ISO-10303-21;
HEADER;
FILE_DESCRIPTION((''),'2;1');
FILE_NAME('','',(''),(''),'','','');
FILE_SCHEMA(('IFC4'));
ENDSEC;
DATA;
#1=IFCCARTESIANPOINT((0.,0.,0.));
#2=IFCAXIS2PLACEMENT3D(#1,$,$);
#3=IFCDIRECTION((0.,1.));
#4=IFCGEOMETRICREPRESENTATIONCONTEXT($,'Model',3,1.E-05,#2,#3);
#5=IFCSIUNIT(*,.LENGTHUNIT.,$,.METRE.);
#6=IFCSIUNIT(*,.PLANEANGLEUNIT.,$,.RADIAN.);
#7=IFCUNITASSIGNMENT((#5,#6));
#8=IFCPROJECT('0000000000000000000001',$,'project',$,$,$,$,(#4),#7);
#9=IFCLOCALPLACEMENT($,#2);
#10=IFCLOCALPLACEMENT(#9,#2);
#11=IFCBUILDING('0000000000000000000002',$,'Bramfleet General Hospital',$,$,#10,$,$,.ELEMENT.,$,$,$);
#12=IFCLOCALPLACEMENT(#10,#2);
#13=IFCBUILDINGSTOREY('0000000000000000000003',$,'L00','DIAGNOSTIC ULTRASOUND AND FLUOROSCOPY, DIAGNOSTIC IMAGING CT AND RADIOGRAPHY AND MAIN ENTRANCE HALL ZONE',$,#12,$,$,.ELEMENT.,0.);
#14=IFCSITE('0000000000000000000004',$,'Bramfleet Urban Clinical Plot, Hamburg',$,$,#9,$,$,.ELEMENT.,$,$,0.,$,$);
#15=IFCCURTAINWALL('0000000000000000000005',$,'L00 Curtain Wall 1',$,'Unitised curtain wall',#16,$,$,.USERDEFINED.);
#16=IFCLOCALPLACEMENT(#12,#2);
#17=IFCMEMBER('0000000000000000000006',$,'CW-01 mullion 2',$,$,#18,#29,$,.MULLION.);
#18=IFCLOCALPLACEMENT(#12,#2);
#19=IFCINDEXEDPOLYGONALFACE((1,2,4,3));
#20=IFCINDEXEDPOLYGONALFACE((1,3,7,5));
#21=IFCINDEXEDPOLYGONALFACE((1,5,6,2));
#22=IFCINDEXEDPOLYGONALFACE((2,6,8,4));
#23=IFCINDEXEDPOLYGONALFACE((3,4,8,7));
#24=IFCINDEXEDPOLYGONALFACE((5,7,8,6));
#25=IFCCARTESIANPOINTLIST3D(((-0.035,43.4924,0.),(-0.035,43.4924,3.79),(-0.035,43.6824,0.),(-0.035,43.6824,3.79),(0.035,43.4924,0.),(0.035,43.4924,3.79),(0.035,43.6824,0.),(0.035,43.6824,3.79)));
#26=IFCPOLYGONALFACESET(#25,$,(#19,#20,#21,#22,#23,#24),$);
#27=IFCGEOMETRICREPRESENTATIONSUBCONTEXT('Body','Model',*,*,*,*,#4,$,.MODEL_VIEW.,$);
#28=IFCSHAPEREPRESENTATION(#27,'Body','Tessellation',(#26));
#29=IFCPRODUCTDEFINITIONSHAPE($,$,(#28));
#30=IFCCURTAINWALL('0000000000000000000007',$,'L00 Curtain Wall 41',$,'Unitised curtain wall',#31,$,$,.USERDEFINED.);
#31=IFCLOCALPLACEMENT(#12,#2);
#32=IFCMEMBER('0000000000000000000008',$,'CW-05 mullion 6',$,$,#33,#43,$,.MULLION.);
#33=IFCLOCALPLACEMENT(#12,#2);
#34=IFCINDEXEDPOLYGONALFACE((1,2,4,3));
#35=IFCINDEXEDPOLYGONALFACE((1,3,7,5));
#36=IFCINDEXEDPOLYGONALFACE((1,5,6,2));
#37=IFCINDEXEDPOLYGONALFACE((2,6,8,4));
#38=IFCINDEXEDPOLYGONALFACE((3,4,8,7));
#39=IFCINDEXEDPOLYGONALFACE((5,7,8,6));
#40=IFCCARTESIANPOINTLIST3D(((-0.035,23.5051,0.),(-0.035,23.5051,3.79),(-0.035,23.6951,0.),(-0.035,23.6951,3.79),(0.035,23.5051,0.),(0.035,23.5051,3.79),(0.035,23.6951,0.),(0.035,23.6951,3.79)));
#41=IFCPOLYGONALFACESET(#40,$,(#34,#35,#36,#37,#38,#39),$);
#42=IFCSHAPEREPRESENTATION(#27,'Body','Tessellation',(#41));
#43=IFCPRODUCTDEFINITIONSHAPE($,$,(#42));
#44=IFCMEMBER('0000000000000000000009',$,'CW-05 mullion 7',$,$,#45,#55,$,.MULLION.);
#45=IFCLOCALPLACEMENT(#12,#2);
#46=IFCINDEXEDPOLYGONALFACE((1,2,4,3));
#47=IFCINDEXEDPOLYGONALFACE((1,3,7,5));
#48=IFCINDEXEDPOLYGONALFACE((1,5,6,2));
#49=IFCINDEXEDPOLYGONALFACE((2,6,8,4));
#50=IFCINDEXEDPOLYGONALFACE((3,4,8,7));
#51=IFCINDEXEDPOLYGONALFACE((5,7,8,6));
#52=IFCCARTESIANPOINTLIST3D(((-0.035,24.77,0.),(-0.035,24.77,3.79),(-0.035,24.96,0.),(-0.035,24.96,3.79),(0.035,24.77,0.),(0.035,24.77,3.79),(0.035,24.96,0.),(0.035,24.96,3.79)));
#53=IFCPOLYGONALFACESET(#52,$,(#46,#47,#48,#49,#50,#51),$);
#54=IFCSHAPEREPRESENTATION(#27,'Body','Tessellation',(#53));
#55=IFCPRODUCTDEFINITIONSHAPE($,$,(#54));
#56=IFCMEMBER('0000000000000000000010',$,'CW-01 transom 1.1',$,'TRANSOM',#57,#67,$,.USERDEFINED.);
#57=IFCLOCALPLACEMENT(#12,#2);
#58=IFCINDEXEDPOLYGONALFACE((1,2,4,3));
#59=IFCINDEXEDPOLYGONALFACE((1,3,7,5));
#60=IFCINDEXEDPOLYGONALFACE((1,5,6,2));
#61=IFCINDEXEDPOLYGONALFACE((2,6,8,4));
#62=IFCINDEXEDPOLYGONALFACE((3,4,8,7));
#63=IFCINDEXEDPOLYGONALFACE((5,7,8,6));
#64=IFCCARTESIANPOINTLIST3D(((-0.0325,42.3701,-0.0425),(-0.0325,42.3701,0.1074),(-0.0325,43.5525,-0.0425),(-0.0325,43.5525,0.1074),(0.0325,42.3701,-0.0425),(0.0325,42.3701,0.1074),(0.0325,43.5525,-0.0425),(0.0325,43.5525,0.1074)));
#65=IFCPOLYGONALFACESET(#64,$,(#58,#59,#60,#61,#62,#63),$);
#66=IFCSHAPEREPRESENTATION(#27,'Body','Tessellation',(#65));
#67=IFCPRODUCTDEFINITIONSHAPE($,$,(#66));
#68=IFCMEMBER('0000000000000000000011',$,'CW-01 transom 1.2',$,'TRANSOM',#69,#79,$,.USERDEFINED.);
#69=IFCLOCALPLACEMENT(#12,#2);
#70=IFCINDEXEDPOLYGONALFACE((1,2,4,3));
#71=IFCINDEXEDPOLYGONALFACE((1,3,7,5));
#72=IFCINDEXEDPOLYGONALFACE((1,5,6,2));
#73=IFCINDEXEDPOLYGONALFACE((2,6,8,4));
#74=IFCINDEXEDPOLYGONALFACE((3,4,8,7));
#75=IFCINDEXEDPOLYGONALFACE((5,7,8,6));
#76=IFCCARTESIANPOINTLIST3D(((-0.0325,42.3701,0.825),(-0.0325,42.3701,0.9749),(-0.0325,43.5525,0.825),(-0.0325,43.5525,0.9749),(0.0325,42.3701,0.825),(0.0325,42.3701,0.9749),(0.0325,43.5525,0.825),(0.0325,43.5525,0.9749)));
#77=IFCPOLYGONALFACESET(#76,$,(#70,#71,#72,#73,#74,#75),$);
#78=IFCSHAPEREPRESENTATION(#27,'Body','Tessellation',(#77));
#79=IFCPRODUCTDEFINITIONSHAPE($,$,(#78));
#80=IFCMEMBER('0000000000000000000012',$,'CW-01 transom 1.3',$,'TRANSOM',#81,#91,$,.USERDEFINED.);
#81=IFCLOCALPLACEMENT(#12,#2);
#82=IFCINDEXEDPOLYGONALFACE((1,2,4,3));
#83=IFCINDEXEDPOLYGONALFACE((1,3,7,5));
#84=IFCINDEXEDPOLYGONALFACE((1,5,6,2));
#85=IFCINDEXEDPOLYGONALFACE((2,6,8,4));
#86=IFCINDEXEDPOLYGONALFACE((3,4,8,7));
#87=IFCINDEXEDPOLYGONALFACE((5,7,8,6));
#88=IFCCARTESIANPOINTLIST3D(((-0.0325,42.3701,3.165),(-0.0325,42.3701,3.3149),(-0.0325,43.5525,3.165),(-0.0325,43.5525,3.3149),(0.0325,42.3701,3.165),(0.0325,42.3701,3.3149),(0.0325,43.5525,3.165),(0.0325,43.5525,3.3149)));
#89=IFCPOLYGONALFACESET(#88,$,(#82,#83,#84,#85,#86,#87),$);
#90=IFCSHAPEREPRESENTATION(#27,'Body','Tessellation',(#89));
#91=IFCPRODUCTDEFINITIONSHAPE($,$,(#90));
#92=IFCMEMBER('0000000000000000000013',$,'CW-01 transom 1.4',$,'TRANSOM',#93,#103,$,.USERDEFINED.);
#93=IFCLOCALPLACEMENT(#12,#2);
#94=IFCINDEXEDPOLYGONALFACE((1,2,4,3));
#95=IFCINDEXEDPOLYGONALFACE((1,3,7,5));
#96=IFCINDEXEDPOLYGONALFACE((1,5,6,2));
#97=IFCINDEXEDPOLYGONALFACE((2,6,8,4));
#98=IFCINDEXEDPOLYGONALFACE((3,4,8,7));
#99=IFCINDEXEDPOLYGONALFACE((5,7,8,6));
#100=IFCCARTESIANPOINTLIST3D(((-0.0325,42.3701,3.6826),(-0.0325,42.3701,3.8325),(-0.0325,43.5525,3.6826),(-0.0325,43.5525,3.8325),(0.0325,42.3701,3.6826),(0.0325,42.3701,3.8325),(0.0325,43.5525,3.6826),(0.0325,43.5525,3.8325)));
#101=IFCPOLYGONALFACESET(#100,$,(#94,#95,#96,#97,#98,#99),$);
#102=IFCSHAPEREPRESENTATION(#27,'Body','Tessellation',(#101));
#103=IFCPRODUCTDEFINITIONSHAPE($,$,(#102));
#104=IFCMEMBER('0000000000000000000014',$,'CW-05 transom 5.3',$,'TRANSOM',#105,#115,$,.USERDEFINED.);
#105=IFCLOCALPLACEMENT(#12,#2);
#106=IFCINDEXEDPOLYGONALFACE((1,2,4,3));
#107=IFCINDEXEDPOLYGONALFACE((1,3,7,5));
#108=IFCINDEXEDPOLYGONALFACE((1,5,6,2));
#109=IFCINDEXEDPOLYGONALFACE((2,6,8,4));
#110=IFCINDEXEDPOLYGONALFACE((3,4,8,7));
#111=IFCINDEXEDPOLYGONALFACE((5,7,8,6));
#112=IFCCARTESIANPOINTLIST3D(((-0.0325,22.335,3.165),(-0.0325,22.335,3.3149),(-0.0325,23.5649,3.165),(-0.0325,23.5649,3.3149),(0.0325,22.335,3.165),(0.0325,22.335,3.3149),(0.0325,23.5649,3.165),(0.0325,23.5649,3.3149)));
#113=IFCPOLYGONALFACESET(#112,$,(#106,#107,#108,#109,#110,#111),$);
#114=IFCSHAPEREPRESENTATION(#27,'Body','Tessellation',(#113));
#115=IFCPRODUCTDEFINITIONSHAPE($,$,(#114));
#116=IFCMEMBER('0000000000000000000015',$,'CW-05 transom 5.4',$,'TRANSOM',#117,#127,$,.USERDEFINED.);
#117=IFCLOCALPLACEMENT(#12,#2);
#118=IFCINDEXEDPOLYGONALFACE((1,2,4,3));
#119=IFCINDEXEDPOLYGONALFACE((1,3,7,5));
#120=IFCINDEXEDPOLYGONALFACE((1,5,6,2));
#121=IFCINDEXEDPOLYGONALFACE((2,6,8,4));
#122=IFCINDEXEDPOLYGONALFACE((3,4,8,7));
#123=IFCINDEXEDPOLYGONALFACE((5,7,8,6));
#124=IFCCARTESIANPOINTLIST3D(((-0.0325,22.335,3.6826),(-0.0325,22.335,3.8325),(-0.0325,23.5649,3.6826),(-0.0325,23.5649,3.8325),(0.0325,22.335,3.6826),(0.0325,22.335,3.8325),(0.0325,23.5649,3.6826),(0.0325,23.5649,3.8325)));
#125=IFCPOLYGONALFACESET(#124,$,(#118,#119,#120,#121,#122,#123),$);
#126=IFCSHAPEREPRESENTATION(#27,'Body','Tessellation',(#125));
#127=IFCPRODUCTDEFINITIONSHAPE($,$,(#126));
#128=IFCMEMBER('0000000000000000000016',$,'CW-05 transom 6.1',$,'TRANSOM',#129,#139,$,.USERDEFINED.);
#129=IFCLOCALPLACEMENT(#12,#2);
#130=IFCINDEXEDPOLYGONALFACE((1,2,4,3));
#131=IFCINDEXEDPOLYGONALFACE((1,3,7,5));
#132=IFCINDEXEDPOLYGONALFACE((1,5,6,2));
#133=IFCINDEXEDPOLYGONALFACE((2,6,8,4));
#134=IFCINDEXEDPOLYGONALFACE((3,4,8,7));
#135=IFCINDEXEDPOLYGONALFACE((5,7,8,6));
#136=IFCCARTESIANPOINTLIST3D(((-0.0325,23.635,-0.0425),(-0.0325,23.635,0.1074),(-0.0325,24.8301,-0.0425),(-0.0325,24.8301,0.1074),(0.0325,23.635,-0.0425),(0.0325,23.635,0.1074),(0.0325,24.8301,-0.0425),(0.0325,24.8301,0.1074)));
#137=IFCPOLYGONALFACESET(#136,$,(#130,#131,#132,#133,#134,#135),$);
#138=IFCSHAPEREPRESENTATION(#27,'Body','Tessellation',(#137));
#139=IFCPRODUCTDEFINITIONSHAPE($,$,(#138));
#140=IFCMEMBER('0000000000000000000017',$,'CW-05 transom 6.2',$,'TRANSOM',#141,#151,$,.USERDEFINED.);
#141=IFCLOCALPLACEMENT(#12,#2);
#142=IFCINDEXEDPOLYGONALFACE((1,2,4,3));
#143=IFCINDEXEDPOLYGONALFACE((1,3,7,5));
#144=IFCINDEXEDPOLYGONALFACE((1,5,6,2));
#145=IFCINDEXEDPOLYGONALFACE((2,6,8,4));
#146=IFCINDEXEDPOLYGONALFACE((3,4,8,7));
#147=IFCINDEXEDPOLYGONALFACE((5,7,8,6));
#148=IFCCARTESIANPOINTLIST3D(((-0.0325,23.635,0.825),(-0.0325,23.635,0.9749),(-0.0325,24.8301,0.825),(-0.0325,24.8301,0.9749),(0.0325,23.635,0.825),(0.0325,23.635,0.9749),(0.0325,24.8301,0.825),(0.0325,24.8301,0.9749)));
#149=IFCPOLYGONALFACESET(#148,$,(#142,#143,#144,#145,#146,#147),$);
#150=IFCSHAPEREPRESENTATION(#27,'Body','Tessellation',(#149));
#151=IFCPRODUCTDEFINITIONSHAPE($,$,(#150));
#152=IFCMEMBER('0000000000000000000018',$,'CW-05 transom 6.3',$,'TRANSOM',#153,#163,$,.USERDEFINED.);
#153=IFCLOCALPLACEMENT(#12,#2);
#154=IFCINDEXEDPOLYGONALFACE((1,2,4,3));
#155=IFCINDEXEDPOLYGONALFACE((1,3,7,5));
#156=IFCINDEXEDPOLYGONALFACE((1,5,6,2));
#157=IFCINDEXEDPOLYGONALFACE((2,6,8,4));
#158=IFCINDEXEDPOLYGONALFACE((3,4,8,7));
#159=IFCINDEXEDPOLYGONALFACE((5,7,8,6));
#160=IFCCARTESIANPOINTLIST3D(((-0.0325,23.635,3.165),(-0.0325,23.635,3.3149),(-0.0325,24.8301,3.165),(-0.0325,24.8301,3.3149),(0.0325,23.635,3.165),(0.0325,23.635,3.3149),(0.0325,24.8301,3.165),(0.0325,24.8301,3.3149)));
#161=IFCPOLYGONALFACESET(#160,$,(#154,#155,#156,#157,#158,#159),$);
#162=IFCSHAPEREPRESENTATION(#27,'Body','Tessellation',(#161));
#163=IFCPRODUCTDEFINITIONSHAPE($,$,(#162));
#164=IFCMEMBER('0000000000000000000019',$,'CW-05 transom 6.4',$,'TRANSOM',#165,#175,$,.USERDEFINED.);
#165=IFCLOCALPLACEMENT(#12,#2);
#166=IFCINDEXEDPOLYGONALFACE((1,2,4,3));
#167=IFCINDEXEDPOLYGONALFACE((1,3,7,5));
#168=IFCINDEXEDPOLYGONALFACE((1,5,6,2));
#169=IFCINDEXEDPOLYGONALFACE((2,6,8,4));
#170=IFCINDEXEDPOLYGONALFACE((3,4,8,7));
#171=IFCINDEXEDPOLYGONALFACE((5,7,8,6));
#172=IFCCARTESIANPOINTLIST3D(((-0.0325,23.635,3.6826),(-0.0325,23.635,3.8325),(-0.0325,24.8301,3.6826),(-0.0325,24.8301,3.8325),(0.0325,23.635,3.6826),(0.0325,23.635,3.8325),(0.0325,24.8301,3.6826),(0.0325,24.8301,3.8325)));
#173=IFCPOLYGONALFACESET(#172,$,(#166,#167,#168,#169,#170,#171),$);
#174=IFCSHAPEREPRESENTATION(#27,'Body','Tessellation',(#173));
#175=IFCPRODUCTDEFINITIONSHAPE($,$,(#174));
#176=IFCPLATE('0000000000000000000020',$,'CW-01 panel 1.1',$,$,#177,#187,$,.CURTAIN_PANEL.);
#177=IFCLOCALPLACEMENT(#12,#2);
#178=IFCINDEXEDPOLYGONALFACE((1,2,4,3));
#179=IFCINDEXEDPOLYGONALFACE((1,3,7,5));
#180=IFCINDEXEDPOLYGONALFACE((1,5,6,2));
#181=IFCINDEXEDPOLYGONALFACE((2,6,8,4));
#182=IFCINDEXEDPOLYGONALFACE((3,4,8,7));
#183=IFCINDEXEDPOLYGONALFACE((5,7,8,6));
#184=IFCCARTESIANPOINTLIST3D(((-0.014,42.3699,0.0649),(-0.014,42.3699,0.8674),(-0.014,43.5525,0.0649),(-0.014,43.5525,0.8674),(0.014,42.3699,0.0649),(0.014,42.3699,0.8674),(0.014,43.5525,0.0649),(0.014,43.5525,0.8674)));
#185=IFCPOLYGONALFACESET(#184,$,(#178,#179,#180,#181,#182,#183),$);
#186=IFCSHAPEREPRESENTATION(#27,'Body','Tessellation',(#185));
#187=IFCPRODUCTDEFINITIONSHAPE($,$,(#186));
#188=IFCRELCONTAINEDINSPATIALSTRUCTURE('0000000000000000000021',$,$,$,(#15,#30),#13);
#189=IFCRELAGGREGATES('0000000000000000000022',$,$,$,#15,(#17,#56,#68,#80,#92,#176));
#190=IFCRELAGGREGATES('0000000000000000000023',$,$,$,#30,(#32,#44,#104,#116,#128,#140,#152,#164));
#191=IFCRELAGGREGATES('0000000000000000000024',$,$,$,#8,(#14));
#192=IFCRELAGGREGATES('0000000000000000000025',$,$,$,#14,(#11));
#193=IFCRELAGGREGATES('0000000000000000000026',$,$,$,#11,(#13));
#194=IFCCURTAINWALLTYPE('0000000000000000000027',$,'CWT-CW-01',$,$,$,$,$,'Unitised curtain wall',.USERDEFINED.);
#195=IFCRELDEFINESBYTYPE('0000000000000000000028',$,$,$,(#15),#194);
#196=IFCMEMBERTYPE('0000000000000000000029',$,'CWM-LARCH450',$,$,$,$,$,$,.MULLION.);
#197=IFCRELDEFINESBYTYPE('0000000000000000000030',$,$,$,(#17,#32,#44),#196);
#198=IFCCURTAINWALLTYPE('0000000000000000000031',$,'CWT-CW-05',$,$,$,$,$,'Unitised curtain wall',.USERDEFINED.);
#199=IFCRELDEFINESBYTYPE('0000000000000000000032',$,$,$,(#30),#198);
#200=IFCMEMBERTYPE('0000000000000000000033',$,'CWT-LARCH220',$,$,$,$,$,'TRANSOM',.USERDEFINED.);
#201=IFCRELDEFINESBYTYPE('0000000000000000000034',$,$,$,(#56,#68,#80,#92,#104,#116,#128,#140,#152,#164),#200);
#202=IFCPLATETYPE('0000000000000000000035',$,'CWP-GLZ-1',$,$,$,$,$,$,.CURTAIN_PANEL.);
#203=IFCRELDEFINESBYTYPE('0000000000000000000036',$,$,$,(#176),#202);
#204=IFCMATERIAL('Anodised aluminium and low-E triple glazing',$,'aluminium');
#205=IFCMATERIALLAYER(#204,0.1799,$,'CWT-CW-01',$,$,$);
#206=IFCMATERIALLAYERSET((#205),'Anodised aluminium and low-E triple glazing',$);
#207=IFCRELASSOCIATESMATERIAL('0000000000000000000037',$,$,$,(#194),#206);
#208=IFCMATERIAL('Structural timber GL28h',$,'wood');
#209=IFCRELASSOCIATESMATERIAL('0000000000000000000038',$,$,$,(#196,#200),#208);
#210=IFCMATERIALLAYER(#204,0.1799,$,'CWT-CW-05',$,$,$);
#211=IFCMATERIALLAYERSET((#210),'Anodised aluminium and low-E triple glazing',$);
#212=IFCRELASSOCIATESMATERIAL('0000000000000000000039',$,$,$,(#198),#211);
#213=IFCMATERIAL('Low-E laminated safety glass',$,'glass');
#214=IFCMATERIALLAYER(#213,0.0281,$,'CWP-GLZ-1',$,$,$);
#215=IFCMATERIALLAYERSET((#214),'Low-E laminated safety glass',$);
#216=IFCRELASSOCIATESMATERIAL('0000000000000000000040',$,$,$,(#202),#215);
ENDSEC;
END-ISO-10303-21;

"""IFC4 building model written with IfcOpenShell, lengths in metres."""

from ifc_helpers import new_model, si_unit, direction, frame, origin, origin_2d, place, context, subcontext, project, spatial, rectangle, extrude, material, layer, layer_set, material_profile, profile_set, type_object, element, aggregate, save


model = new_model("IFC4")

# Units and contexts
model_context = context("Model", 3, precision=1e-05, world=origin(), true_north=direction((0.0, 1.0)))
body_context = subcontext(model_context, "Body", "Model", "MODEL_VIEW")
ifc_project = project(units=[si_unit("LENGTHUNIT", "METRE"), si_unit("PLANEANGLEUNIT", "RADIAN")], contexts=[model_context])

# Site, building, storey
site_placement = place(None, origin())
site = spatial("IfcSite", under=ifc_project, at=site_placement, Name="Bramfleet Urban Clinical Plot, Hamburg", CompositionType="ELEMENT", RefElevation=0.0)
building_placement = place(site_placement, origin())
building = spatial("IfcBuilding", under=site, at=building_placement, Name="Bramfleet General Hospital", CompositionType="ELEMENT")
storey_placement = place(building_placement, origin())
storey = spatial("IfcBuildingStorey", under=building, at=storey_placement, Name="L00", Description="DIAGNOSTIC ULTRASOUND AND FLUOROSCOPY, DIAGNOSTIC IMAGING CT AND RADIOGRAPHY AND MAIN ENTRANCE HALL ZONE", CompositionType="ELEMENT", Elevation=0.0)

# Curtain walls, members
ifc_material_1 = material(Name="Anodised aluminium and low-E triple glazing", Category="aluminium")
ifc_layer_1 = layer(ifc_material_1, 0.1799, Name="CWT-CW-01")
ifc_layer_set_1 = layer_set([ifc_layer_1], Name="Anodised aluminium and low-E triple glazing")
curtain_wall_type_1 = type_object("IfcCurtainWallType", Name="CWT-CW-01", ElementType="Unitised curtain wall", PredefinedType="USERDEFINED", material=ifc_layer_set_1)
curtain_wall_1_placement = place(storey_placement, origin())
curtain_wall_1 = element("IfcCurtainWall", 1, at=curtain_wall_1_placement, inside=storey, type_object=curtain_wall_type_1, Name="L00 Curtain Wall 1", ObjectType="Unitised curtain wall", PredefinedType="USERDEFINED")
ifc_material_2 = material(Name="Structural timber GL28h", Category="wood")
ifc_material_profile_1 = material_profile(ifc_material_2, rectangle(XDim=0.0701, YDim=0.1899, at=origin_2d()), Name="LARCH 190x70")
ifc_profile_set_1 = profile_set([ifc_material_profile_1], Name="Structural timber GL28h")
member_type_1 = type_object("IfcMemberType", Name="CWM-LARCH450", PredefinedType="MULLION", material=ifc_profile_set_1)
member_1_placement = place(storey_placement, frame((0.0, 43.5874, 0.0), z_axis=(0.0, 0.0, 1.0), x_axis=(-1.0, 0.0, 0.0)))
member_1 = element("IfcMember", 2, at=member_1_placement, type_object=member_type_1, Name="CW-01 mullion 2", PredefinedType="MULLION", context=body_context, shape_type="SweptSolid", body=[
    extrude(rectangle(XDim=0.0701, YDim=0.1899, at=origin_2d()), origin(), (0.0, 0.0, 1.0), 3.79),
])
ifc_layer_2 = layer(ifc_material_1, 0.1799, Name="CWT-CW-05")
ifc_layer_set_2 = layer_set([ifc_layer_2], Name="Anodised aluminium and low-E triple glazing")
curtain_wall_type_2 = type_object("IfcCurtainWallType", Name="CWT-CW-05", ElementType="Unitised curtain wall", PredefinedType="USERDEFINED", material=ifc_layer_set_2)
curtain_wall_2_placement = place(storey_placement, origin())
curtain_wall_2 = element("IfcCurtainWall", 3, at=curtain_wall_2_placement, inside=storey, type_object=curtain_wall_type_2, Name="L00 Curtain Wall 41", ObjectType="Unitised curtain wall", PredefinedType="USERDEFINED")
member_2_placement = place(storey_placement, frame((0.0, 23.6001, 0.0), z_axis=(0.0, 0.0, 1.0), x_axis=(-1.0, 0.0, 0.0)))
member_2 = element("IfcMember", 4, at=member_2_placement, type_object=member_type_1, Name="CW-05 mullion 6", PredefinedType="MULLION", context=body_context, shape_type="SweptSolid", body=[
    extrude(rectangle(XDim=0.0701, YDim=0.1899, at=origin_2d()), origin(), (0.0, 0.0, 1.0), 3.79),
])
member_3_placement = place(storey_placement, frame((0.0, 24.865, 0.0), z_axis=(0.0, 0.0, 1.0), x_axis=(-1.0, 0.0, 0.0)))
member_3 = element("IfcMember", 5, at=member_3_placement, type_object=member_type_1, Name="CW-05 mullion 7", PredefinedType="MULLION", context=body_context, shape_type="SweptSolid", body=[
    extrude(rectangle(XDim=0.0701, YDim=0.1899, at=origin_2d()), origin(), (0.0, 0.0, 1.0), 3.79),
])

# Members
ifc_material_profile_2 = material_profile(ifc_material_2, rectangle(XDim=0.0649, YDim=0.1499, at=origin_2d()), Name="LARCH 150x65")
ifc_profile_set_2 = profile_set([ifc_material_profile_2], Name="Structural timber GL28h")
member_type_2 = type_object("IfcMemberType", Name="CWT-LARCH220", ElementType="TRANSOM", PredefinedType="USERDEFINED", material=ifc_profile_set_2)
member_4_placement = place(storey_placement, frame((0.0, 42.3701, 0.0325), z_axis=(0.0, 1.0, 0.0), x_axis=(-1.0, 0.0, 0.0)))
member_4 = element("IfcMember", 6, at=member_4_placement, type_object=member_type_2, Name="CW-01 transom 1.1", ObjectType="TRANSOM", PredefinedType="USERDEFINED", context=body_context, shape_type="SweptSolid", body=[
    extrude(rectangle(XDim=0.0649, YDim=0.1499, at=origin_2d()), origin(), (0.0, 0.0, 1.0), 1.1824),
])
member_5_placement = place(storey_placement, frame((0.0, 42.3701, 0.8999), z_axis=(0.0, 1.0, 0.0), x_axis=(-1.0, 0.0, 0.0)))
member_5 = element("IfcMember", 7, at=member_5_placement, type_object=member_type_2, Name="CW-01 transom 1.2", ObjectType="TRANSOM", PredefinedType="USERDEFINED", context=body_context, shape_type="SweptSolid", body=[
    extrude(rectangle(XDim=0.0649, YDim=0.1499, at=origin_2d()), origin(), (0.0, 0.0, 1.0), 1.1824),
])
member_6_placement = place(storey_placement, frame((0.0, 42.3701, 3.24), z_axis=(0.0, 1.0, 0.0), x_axis=(-1.0, 0.0, 0.0)))
member_6 = element("IfcMember", 8, at=member_6_placement, type_object=member_type_2, Name="CW-01 transom 1.3", ObjectType="TRANSOM", PredefinedType="USERDEFINED", context=body_context, shape_type="SweptSolid", body=[
    extrude(rectangle(XDim=0.0649, YDim=0.1499, at=origin_2d()), origin(), (0.0, 0.0, 1.0), 1.1824),
])
member_7_placement = place(storey_placement, frame((0.0, 42.3701, 3.7576), z_axis=(0.0, 1.0, 0.0), x_axis=(-1.0, 0.0, 0.0)))
member_7 = element("IfcMember", 9, at=member_7_placement, type_object=member_type_2, Name="CW-01 transom 1.4", ObjectType="TRANSOM", PredefinedType="USERDEFINED", context=body_context, shape_type="SweptSolid", body=[
    extrude(rectangle(XDim=0.0649, YDim=0.1499, at=origin_2d()), origin(), (0.0, 0.0, 1.0), 1.1824),
])
member_8_placement = place(storey_placement, frame((0.0, 22.335, 3.24), z_axis=(0.0, 1.0, 0.0), x_axis=(-1.0, 0.0, 0.0)))
member_8 = element("IfcMember", 10, at=member_8_placement, type_object=member_type_2, Name="CW-05 transom 5.3", ObjectType="TRANSOM", PredefinedType="USERDEFINED", context=body_context, shape_type="SweptSolid", body=[
    extrude(rectangle(XDim=0.0649, YDim=0.1499, at=origin_2d()), origin(), (0.0, 0.0, 1.0), 1.23),
])
member_9_placement = place(storey_placement, frame((0.0, 22.335, 3.7576), z_axis=(0.0, 1.0, 0.0), x_axis=(-1.0, 0.0, 0.0)))
member_9 = element("IfcMember", 11, at=member_9_placement, type_object=member_type_2, Name="CW-05 transom 5.4", ObjectType="TRANSOM", PredefinedType="USERDEFINED", context=body_context, shape_type="SweptSolid", body=[
    extrude(rectangle(XDim=0.0649, YDim=0.1499, at=origin_2d()), origin(), (0.0, 0.0, 1.0), 1.23),
])
member_10_placement = place(storey_placement, frame((0.0, 23.635, 0.0325), z_axis=(0.0, 1.0, 0.0), x_axis=(-1.0, 0.0, 0.0)))
member_10 = element("IfcMember", 12, at=member_10_placement, type_object=member_type_2, Name="CW-05 transom 6.1", ObjectType="TRANSOM", PredefinedType="USERDEFINED", context=body_context, shape_type="SweptSolid", body=[
    extrude(rectangle(XDim=0.0649, YDim=0.1499, at=origin_2d()), origin(), (0.0, 0.0, 1.0), 1.1951),
])
member_11_placement = place(storey_placement, frame((0.0, 23.635, 0.8999), z_axis=(0.0, 1.0, 0.0), x_axis=(-1.0, 0.0, 0.0)))
member_11 = element("IfcMember", 13, at=member_11_placement, type_object=member_type_2, Name="CW-05 transom 6.2", ObjectType="TRANSOM", PredefinedType="USERDEFINED", context=body_context, shape_type="SweptSolid", body=[
    extrude(rectangle(XDim=0.0649, YDim=0.1499, at=origin_2d()), origin(), (0.0, 0.0, 1.0), 1.1951),
])
member_12_placement = place(storey_placement, frame((0.0, 23.635, 3.24), z_axis=(0.0, 1.0, 0.0), x_axis=(-1.0, 0.0, 0.0)))
member_12 = element("IfcMember", 14, at=member_12_placement, type_object=member_type_2, Name="CW-05 transom 6.3", ObjectType="TRANSOM", PredefinedType="USERDEFINED", context=body_context, shape_type="SweptSolid", body=[
    extrude(rectangle(XDim=0.0649, YDim=0.1499, at=origin_2d()), origin(), (0.0, 0.0, 1.0), 1.1951),
])
member_13_placement = place(storey_placement, frame((0.0, 23.635, 3.7576), z_axis=(0.0, 1.0, 0.0), x_axis=(-1.0, 0.0, 0.0)))
member_13 = element("IfcMember", 15, at=member_13_placement, type_object=member_type_2, Name="CW-05 transom 6.4", ObjectType="TRANSOM", PredefinedType="USERDEFINED", context=body_context, shape_type="SweptSolid", body=[
    extrude(rectangle(XDim=0.0649, YDim=0.1499, at=origin_2d()), origin(), (0.0, 0.0, 1.0), 1.1951),
])

# Plate
ifc_material_3 = material(Name="Low-E laminated safety glass", Category="glass")
ifc_layer_3 = layer(ifc_material_3, 0.0281, Name="CWP-GLZ-1")
ifc_layer_set_3 = layer_set([ifc_layer_3], Name="Low-E laminated safety glass")
plate_type = type_object("IfcPlateType", Name="CWP-GLZ-1", PredefinedType="CURTAIN_PANEL", material=ifc_layer_set_3)
plate_1_placement = place(storey_placement, frame((0.0, 42.9612, 0.0649), z_axis=(0.0, 0.0, 1.0), x_axis=(0.0, 1.0, 0.0)))
plate_1 = element("IfcPlate", 16, at=plate_1_placement, type_object=plate_type, Name="CW-01 panel 1.1", PredefinedType="CURTAIN_PANEL", context=body_context, shape_type="SweptSolid", body=[
    extrude(rectangle(XDim=1.1826, YDim=0.0281, at=origin_2d()), origin(), (0.0, 0.0, 1.0), 0.8025),
])
aggregate(curtain_wall_1, [member_1, member_4, member_5, member_6, member_7, plate_1])
aggregate(curtain_wall_2, [member_2, member_3, member_8, member_9, member_10, member_11, member_12, member_13])

save(model, "model.ifc")
